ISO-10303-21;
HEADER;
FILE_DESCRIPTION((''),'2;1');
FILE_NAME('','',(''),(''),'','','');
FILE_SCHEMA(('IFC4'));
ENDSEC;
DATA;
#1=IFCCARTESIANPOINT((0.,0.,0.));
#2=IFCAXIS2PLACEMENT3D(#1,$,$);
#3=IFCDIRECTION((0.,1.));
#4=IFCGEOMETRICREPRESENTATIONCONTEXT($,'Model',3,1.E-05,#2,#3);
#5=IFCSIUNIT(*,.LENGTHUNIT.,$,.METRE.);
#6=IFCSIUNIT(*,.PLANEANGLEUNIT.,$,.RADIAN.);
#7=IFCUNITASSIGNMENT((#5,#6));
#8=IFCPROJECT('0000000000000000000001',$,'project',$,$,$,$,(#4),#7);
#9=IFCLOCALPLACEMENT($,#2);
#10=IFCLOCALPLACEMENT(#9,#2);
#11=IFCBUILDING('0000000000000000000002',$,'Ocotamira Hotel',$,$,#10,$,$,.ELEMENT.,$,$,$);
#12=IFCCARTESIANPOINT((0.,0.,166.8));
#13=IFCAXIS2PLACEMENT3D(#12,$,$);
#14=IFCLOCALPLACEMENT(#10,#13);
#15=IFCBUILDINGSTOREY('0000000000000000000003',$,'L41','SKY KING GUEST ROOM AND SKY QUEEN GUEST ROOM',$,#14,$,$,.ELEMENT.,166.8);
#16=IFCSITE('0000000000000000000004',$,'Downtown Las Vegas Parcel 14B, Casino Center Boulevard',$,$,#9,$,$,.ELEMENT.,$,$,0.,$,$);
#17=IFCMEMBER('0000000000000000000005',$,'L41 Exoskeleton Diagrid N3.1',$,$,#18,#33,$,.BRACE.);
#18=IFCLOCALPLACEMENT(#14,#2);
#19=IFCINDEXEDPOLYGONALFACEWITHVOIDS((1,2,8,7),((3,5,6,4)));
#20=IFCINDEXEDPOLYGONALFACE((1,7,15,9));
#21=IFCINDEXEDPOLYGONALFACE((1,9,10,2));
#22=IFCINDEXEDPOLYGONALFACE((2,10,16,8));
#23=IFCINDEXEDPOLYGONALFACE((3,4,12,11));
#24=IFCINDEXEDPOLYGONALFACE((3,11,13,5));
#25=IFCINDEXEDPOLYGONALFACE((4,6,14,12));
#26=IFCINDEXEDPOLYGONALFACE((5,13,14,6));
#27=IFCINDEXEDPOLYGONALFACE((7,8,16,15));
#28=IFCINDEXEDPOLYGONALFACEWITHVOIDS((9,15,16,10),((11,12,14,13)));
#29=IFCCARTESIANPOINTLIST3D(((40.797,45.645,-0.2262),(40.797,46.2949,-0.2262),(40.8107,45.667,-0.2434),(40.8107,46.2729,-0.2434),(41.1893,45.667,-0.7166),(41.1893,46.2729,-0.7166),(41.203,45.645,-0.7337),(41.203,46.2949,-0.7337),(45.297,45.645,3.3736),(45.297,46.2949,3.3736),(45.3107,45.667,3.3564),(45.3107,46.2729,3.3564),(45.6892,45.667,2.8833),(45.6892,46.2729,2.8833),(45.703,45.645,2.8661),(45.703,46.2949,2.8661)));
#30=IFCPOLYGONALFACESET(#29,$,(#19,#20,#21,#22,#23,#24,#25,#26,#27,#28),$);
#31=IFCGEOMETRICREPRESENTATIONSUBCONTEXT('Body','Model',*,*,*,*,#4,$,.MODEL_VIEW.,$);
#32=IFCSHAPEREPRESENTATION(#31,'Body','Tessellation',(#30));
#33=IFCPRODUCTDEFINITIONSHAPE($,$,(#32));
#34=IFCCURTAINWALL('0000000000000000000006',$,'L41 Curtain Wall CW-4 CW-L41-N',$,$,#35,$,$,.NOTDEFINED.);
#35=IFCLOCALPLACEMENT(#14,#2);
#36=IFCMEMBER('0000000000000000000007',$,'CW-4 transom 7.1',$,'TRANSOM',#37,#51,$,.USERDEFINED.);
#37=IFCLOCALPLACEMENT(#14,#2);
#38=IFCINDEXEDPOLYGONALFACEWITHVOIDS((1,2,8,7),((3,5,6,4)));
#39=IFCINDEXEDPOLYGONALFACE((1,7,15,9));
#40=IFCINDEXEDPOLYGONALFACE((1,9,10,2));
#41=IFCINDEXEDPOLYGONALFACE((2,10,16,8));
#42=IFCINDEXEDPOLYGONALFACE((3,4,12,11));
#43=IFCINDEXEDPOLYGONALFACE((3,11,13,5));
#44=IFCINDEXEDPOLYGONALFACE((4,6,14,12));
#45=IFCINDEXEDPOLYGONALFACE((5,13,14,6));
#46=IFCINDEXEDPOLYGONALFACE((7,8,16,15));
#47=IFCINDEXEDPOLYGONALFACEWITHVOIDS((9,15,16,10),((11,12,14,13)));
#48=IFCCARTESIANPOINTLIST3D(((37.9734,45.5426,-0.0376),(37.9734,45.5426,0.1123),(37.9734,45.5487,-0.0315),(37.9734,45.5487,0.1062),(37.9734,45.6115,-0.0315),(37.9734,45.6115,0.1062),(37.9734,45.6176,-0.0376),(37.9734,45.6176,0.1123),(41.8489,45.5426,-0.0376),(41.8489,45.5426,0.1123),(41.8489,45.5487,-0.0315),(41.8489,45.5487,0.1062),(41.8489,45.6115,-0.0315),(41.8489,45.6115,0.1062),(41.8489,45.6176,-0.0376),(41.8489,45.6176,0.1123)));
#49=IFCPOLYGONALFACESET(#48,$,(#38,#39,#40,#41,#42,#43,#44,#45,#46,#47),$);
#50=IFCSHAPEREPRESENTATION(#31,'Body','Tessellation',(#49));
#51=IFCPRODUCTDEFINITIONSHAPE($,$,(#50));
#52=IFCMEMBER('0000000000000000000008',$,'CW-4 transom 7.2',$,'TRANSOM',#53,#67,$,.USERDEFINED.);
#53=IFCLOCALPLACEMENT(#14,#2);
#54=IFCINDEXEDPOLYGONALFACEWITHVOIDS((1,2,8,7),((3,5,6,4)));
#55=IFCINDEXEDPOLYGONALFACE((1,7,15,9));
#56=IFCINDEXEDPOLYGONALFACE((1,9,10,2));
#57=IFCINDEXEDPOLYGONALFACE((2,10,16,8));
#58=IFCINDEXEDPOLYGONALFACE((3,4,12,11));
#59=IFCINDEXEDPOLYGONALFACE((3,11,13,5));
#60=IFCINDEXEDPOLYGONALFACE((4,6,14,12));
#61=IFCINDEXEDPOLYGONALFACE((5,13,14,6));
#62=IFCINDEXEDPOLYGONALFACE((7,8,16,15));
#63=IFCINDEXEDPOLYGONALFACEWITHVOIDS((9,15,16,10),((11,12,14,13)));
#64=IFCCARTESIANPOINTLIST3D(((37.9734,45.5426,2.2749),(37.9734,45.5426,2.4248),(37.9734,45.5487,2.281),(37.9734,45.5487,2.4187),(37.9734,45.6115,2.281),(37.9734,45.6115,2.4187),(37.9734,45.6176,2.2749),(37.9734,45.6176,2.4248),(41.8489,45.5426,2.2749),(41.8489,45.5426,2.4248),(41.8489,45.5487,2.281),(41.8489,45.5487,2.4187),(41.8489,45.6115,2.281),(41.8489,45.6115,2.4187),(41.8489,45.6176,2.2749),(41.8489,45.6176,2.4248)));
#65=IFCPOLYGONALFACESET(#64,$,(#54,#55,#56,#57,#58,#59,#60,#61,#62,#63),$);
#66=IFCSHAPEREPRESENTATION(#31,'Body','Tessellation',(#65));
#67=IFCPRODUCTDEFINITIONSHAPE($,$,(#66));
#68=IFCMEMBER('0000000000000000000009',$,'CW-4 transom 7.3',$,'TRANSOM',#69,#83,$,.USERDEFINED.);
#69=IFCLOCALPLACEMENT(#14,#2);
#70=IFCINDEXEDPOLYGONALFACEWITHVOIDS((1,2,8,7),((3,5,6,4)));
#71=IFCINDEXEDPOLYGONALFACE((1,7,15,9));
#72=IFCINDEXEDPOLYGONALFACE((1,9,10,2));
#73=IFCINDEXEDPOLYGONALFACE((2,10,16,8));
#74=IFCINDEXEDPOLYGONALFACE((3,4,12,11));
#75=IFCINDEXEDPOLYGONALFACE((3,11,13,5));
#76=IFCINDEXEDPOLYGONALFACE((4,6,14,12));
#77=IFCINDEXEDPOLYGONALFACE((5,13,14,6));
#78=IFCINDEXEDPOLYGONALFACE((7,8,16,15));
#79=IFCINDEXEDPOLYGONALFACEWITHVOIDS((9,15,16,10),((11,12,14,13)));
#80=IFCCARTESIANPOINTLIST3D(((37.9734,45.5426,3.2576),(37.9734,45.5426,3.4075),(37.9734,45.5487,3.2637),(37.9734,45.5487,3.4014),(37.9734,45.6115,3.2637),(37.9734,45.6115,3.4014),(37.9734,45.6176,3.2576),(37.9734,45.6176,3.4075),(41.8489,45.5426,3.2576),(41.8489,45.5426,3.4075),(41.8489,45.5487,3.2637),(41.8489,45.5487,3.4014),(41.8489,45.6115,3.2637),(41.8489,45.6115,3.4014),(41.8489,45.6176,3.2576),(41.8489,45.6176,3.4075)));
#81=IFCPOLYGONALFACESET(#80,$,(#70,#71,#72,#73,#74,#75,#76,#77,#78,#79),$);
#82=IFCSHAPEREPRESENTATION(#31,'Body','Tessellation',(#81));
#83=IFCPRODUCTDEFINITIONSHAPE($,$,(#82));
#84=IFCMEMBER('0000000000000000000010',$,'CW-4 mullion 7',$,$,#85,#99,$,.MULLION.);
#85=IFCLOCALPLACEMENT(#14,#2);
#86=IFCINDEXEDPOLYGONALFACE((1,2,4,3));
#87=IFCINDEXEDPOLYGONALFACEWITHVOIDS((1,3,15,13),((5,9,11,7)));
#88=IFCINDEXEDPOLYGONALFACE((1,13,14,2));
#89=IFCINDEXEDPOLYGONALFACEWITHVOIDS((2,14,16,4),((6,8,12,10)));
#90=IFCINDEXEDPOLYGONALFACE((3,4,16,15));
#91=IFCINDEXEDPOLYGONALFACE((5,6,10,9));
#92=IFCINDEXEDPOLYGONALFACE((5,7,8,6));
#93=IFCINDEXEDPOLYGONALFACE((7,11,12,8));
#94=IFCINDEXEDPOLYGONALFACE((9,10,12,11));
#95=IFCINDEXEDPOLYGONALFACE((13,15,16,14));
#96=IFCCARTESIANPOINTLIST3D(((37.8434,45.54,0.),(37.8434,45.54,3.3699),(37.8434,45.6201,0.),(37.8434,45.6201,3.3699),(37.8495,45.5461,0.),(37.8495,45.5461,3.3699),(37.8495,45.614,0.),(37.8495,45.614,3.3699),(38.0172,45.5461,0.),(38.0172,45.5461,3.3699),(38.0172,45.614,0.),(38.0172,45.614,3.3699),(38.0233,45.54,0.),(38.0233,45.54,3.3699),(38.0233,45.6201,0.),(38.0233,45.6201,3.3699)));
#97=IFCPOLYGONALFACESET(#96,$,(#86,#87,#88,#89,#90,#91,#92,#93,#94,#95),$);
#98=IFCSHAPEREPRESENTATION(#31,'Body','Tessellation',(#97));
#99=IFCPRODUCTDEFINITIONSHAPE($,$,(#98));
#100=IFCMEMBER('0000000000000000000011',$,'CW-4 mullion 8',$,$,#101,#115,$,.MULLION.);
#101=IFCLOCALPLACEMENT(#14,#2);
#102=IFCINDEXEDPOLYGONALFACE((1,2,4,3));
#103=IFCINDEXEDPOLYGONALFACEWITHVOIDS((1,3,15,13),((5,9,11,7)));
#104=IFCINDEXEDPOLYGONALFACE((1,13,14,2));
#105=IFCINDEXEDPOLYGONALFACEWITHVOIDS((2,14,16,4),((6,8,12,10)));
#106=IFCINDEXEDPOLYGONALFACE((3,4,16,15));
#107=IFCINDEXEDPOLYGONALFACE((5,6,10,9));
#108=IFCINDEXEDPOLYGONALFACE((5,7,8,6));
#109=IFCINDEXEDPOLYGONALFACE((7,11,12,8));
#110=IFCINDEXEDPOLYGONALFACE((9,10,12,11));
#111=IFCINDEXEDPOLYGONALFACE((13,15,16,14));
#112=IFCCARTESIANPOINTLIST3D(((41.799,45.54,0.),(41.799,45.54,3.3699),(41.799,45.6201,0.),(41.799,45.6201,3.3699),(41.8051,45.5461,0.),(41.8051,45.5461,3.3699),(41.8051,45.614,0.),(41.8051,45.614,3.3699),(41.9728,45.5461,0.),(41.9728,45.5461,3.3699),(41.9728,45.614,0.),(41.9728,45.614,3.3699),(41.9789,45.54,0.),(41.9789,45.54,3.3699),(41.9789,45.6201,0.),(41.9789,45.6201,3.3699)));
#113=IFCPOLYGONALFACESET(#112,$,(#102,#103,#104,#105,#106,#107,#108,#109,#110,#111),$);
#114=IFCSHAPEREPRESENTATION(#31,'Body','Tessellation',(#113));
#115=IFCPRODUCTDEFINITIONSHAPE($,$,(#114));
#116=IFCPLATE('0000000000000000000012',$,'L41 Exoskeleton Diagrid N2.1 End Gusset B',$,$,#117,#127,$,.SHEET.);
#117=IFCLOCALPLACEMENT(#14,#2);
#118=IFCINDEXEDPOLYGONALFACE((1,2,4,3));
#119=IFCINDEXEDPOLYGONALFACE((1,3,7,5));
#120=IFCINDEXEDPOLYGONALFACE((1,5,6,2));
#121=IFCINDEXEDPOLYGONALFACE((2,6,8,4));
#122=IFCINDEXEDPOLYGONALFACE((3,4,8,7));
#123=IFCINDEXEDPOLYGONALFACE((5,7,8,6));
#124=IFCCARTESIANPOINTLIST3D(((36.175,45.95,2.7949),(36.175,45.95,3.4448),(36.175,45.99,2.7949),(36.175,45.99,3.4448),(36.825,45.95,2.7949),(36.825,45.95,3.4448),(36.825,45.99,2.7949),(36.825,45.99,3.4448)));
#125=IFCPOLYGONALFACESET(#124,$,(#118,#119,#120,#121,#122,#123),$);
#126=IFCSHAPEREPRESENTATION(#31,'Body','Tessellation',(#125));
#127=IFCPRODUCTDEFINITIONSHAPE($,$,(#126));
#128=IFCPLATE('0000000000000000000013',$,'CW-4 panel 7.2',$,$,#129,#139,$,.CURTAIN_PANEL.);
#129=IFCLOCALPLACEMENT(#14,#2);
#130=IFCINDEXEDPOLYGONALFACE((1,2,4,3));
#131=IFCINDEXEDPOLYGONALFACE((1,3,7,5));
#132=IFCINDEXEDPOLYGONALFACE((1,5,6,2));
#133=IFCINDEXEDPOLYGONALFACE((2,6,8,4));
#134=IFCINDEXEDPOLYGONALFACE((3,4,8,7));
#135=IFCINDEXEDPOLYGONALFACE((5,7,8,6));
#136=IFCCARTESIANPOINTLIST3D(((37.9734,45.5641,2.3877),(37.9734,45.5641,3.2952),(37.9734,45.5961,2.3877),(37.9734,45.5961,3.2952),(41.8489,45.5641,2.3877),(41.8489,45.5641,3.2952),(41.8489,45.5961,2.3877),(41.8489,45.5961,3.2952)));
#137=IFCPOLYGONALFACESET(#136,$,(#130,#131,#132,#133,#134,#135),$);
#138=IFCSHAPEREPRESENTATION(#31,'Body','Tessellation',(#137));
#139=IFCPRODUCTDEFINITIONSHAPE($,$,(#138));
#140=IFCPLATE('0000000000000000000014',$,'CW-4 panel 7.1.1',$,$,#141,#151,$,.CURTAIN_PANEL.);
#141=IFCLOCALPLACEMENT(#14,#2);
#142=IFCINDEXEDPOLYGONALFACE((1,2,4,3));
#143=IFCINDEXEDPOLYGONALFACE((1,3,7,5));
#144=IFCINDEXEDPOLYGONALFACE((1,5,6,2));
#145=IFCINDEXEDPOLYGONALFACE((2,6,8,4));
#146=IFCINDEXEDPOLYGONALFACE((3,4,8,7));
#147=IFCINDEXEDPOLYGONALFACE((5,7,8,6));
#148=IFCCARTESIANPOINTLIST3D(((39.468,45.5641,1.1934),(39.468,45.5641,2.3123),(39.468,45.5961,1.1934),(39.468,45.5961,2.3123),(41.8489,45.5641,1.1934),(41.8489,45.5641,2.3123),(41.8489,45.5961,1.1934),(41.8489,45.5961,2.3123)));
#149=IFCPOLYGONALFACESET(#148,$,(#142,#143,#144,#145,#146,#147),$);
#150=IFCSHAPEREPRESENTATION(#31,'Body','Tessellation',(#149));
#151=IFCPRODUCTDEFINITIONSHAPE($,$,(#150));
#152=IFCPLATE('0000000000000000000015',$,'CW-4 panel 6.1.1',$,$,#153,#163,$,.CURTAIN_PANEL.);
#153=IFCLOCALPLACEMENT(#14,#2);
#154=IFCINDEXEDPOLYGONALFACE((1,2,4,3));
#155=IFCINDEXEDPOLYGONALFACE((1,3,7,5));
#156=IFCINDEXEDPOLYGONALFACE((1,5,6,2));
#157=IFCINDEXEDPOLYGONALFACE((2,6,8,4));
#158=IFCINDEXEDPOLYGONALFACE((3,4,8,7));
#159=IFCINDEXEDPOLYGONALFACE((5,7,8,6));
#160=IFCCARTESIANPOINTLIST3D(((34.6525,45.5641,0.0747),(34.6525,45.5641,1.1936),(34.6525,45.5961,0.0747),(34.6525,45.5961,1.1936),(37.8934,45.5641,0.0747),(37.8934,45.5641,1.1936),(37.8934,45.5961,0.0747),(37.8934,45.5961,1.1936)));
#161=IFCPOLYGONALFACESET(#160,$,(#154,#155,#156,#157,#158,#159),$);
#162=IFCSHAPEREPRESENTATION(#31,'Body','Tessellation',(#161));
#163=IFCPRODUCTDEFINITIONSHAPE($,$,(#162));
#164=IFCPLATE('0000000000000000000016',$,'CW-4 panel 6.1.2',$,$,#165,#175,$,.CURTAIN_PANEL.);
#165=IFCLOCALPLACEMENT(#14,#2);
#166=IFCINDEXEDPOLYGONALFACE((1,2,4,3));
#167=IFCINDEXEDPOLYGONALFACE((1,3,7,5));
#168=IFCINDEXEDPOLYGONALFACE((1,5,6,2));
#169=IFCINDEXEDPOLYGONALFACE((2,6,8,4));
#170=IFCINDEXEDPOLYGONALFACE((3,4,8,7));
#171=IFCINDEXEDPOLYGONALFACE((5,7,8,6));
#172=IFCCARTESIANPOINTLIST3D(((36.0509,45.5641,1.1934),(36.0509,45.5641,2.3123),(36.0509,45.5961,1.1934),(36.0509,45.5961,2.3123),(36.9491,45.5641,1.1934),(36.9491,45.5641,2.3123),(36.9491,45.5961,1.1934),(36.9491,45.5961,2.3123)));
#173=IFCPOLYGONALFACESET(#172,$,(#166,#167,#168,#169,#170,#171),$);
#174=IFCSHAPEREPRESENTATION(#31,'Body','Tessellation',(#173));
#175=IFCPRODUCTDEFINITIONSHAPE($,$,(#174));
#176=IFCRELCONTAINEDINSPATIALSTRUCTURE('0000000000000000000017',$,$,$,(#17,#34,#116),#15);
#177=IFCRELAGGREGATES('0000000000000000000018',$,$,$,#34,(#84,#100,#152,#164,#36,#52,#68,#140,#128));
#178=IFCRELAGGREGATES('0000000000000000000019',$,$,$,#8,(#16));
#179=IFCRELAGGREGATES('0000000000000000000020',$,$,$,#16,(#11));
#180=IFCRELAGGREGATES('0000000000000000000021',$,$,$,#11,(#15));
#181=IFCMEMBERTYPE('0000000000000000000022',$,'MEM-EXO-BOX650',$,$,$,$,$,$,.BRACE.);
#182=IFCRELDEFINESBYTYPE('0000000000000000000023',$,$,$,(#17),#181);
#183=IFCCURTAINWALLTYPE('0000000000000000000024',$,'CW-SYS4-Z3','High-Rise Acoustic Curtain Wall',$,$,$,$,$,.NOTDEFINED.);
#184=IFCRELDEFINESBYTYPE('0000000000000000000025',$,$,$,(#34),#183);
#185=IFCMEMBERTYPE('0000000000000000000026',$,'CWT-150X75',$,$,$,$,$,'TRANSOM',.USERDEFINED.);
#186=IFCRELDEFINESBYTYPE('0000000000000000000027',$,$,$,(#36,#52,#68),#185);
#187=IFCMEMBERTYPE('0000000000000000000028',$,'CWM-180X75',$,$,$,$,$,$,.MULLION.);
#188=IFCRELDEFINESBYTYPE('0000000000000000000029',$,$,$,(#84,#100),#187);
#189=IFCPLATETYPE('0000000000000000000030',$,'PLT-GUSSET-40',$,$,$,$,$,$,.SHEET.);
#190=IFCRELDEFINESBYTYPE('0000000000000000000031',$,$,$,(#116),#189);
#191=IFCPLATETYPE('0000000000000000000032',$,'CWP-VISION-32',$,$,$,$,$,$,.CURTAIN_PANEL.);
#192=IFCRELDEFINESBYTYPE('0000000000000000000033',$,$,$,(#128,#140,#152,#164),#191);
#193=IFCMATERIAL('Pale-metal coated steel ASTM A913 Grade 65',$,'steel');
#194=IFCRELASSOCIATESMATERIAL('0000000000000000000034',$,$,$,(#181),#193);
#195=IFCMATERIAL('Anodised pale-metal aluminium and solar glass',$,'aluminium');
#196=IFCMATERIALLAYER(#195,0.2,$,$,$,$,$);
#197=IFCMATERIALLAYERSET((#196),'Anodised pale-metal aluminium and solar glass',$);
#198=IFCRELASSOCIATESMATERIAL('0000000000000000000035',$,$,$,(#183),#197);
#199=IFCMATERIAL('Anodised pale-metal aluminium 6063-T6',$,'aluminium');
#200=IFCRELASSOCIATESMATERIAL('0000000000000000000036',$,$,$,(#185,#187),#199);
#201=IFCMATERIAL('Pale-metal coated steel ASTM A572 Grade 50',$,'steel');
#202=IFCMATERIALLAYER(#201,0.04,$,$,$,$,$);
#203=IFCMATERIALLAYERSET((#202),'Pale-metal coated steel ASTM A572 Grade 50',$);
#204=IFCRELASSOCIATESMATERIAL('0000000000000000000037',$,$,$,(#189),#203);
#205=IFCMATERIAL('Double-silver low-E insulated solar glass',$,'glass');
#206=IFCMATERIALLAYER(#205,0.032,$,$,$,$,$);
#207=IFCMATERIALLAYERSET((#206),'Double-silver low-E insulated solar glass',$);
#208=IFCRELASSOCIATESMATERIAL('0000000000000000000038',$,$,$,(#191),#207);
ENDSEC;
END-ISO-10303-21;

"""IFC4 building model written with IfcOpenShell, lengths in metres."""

from ifc_helpers import new_model, si_unit, direction, frame, origin, origin_2d, place, context, subcontext, project, spatial, rectangle, hollow_rectangle, extrude, source, transform, mapped, material, layer, layer_set, material_profile, profile_set, type_object, element, aggregate, save


model = new_model("IFC4")

# Units and contexts
model_context = context("Model", 3, precision=1e-05, world=origin(), true_north=direction((0.0, 1.0)))
body_context = subcontext(model_context, "Body", "Model", "MODEL_VIEW")
ifc_project = project(units=[si_unit("LENGTHUNIT", "METRE"), si_unit("PLANEANGLEUNIT", "RADIAN")], contexts=[model_context])

# Site, building, storey
site_placement = place(None, origin())
site = spatial("IfcSite", under=ifc_project, at=site_placement, Name="Downtown Las Vegas Parcel 14B, Casino Center Boulevard", CompositionType="ELEMENT", RefElevation=0.0)
building_placement = place(site_placement, origin())
building = spatial("IfcBuilding", under=site, at=building_placement, Name="Ocotamira Hotel", CompositionType="ELEMENT")
storey_placement = place(building_placement, frame((0.0, 0.0, 166.8)))
storey = spatial("IfcBuildingStorey", under=building, at=storey_placement, Name="L41", Description="SKY KING GUEST ROOM AND SKY QUEEN GUEST ROOM", CompositionType="ELEMENT", Elevation=166.8)

# Member
ifc_material_1 = material(Name="Pale-metal coated steel ASTM A913 Grade 65", Category="steel")
ifc_material_profile_1 = material_profile(ifc_material_1, hollow_rectangle(XDim=0.6499, YDim=0.6499, WallThickness=0.022, at=origin_2d()), Name="BOX650X650X22")
ifc_profile_set_1 = profile_set([ifc_material_profile_1], Name="Pale-metal coated steel ASTM A913 Grade 65")
member_type_1 = type_object("IfcMemberType", Name="MEM-EXO-BOX650", PredefinedType="BRACE", material=ifc_profile_set_1)
shared_shape_1 = source(origin(), body_context, "Body", "SweptSolid", [
    extrude(hollow_rectangle(XDim=0.6499, YDim=0.6499, WallThickness=0.022, at=origin_2d()), origin(), (0.0, 0.0, 1.0), 5.7627),
])
for number, where, z_axis, x_axis, name in (
    (1, (41.0, 45.97, -0.48), (0.780881, 0.0, 0.62468), (0.0, 1.0, 0.0), "L41 Exoskeleton Diagrid N3.1"),
):
    element("IfcMember", number, at=place(storey_placement, frame(where, z_axis=z_axis, x_axis=x_axis)), inside=storey, type_object=member_type_1, Name=name, PredefinedType="BRACE", context=body_context, shape_type="MappedRepresentation", body=[
        mapped(shared_shape_1, transform((0.0, 0.0, 0.0), scale=1.0)),
    ])

# Curtain wall, members
ifc_material_2 = material(Name="Anodised pale-metal aluminium and solar glass", Category="aluminium")
ifc_layer_1 = layer(ifc_material_2, 0.2)
ifc_layer_set_1 = layer_set([ifc_layer_1], Name="Anodised pale-metal aluminium and solar glass")
curtain_wall_type = type_object("IfcCurtainWallType", Name="CW-SYS4-Z3", Description="High-Rise Acoustic Curtain Wall", PredefinedType="NOTDEFINED", material=ifc_layer_set_1)
curtain_wall_placement = place(storey_placement, origin())
curtain_wall = element("IfcCurtainWall", 2, at=curtain_wall_placement, inside=storey, type_object=curtain_wall_type, Name="L41 Curtain Wall CW-4 CW-L41-N", PredefinedType="NOTDEFINED")
ifc_material_3 = material(Name="Anodised pale-metal aluminium 6063-T6", Category="aluminium")
ifc_material_profile_2 = material_profile(ifc_material_3, hollow_rectangle(XDim=0.075, YDim=0.1499, WallThickness=0.0061, at=origin_2d()), Name="HSS150X75X6")
ifc_profile_set_2 = profile_set([ifc_material_profile_2], Name="Anodised pale-metal aluminium 6063-T6")
member_type_2 = type_object("IfcMemberType", Name="CWT-150X75", ElementType="TRANSOM", PredefinedType="USERDEFINED", material=ifc_profile_set_2)
shared_shape_2 = source(origin(), body_context, "Body", "SweptSolid", [
    extrude(hollow_rectangle(XDim=0.075, YDim=0.1499, WallThickness=0.0061, at=origin_2d()), origin(), (0.0, 0.0, 1.0), 3.8755),
])
member_1_placement = place(storey_placement, frame((37.9734, 45.5801, 0.0374), z_axis=(1.0, 0.0, 0.0), x_axis=(0.0, 1.0, 0.0)))
member_1 = element("IfcMember", 3, at=member_1_placement, type_object=member_type_2, Name="CW-4 transom 7.1", ObjectType="TRANSOM", PredefinedType="USERDEFINED", context=body_context, shape_type="MappedRepresentation", body=[
    mapped(shared_shape_2, transform((0.0, 0.0, 0.0), scale=1.0)),
])
member_2_placement = place(storey_placement, frame((37.9734, 45.5801, 2.3499), z_axis=(1.0, 0.0, 0.0), x_axis=(0.0, 1.0, 0.0)))
member_2 = element("IfcMember", 4, at=member_2_placement, type_object=member_type_2, Name="CW-4 transom 7.2", ObjectType="TRANSOM", PredefinedType="USERDEFINED", context=body_context, shape_type="MappedRepresentation", body=[
    mapped(shared_shape_2, transform((0.0, 0.0, 0.0), scale=1.0)),
])
member_3_placement = place(storey_placement, frame((37.9734, 45.5801, 3.3325), z_axis=(1.0, 0.0, 0.0), x_axis=(0.0, 1.0, 0.0)))
member_3 = element("IfcMember", 5, at=member_3_placement, type_object=member_type_2, Name="CW-4 transom 7.3", ObjectType="TRANSOM", PredefinedType="USERDEFINED", context=body_context, shape_type="MappedRepresentation", body=[
    mapped(shared_shape_2, transform((0.0, 0.0, 0.0), scale=1.0)),
])
ifc_material_profile_3 = material_profile(ifc_material_3, hollow_rectangle(XDim=0.0801, YDim=0.1799, WallThickness=0.0061, at=origin_2d()), Name="HSS180X80X6")
ifc_profile_set_3 = profile_set([ifc_material_profile_3], Name="Anodised pale-metal aluminium 6063-T6")
member_type_3 = type_object("IfcMemberType", Name="CWM-180X75", PredefinedType="MULLION", material=ifc_profile_set_3)
shared_shape_3 = source(origin(), body_context, "Body", "SweptSolid", [
    extrude(hollow_rectangle(XDim=0.0801, YDim=0.1799, WallThickness=0.0061, at=origin_2d()), origin(), (0.0, 0.0, 1.0), 3.3699),
])
member_4_placement = place(storey_placement, frame((37.9333, 45.5801, 0.0), z_axis=(0.0, 0.0, 1.0), x_axis=(0.0, 1.0, 0.0)))
member_4 = element("IfcMember", 6, at=member_4_placement, type_object=member_type_3, Name="CW-4 mullion 7", PredefinedType="MULLION", context=body_context, shape_type="MappedRepresentation", body=[
    mapped(shared_shape_3, transform((0.0, 0.0, 0.0), scale=1.0)),
])
member_5_placement = place(storey_placement, frame((41.8889, 45.5801, 0.0), z_axis=(0.0, 0.0, 1.0), x_axis=(0.0, 1.0, 0.0)))
member_5 = element("IfcMember", 7, at=member_5_placement, type_object=member_type_3, Name="CW-4 mullion 8", PredefinedType="MULLION", context=body_context, shape_type="MappedRepresentation", body=[
    mapped(shared_shape_3, transform((0.0, 0.0, 0.0), scale=1.0)),
])

# Plates
ifc_material_4 = material(Name="Pale-metal coated steel ASTM A572 Grade 50", Category="steel")
ifc_layer_2 = layer(ifc_material_4, 0.04)
ifc_layer_set_2 = layer_set([ifc_layer_2], Name="Pale-metal coated steel ASTM A572 Grade 50")
plate_type_1 = type_object("IfcPlateType", Name="PLT-GUSSET-40", PredefinedType="SHEET", material=ifc_layer_set_2)
shared_shape_4 = source(origin(), body_context, "Body", "SweptSolid", [
    extrude(rectangle(XDim=0.6499, YDim=0.04, at=origin_2d()), origin(), (0.0, 0.0, 1.0), 0.6499),
])
plate_1_placement = place(storey_placement, frame((36.5, 45.97, 2.7949), z_axis=(0.0, 0.0, 1.0), x_axis=(1.0, 0.0, 0.0)))
element("IfcPlate", 8, at=plate_1_placement, inside=storey, type_object=plate_type_1, Name="L41 Exoskeleton Diagrid N2.1 End Gusset B", PredefinedType="SHEET", context=body_context, shape_type="MappedRepresentation", body=[
    mapped(shared_shape_4, transform((0.0, 0.0, 0.0), scale=1.0)),
])
ifc_material_5 = material(Name="Double-silver low-E insulated solar glass", Category="glass")
ifc_layer_3 = layer(ifc_material_5, 0.032)
ifc_layer_set_3 = layer_set([ifc_layer_3], Name="Double-silver low-E insulated solar glass")
plate_type_2 = type_object("IfcPlateType", Name="CWP-VISION-32", PredefinedType="CURTAIN_PANEL", material=ifc_layer_set_3)
shared_shape_5 = source(origin(), body_context, "Body", "SweptSolid", [
    extrude(rectangle(XDim=3.8755, YDim=0.032, at=origin_2d()), origin(), (0.0, 0.0, 1.0), 0.9075),
])
plate_2_placement = place(storey_placement, frame((39.9111, 45.5801, 2.3877), z_axis=(0.0, 0.0, 1.0), x_axis=(1.0, 0.0, 0.0)))
plate_2 = element("IfcPlate", 9, at=plate_2_placement, type_object=plate_type_2, Name="CW-4 panel 7.2", PredefinedType="CURTAIN_PANEL", context=body_context, shape_type="MappedRepresentation", body=[
    mapped(shared_shape_5, transform((0.0, 0.0, 0.0), scale=1.0)),
])
shared_shape_6 = source(origin(), body_context, "Body", "SweptSolid", [
    extrude(rectangle(XDim=2.3809, YDim=0.032, at=origin_2d()), origin(), (0.0, 0.0, 1.0), 1.1189),
])
plate_3_placement = place(storey_placement, frame((40.6584, 45.5801, 1.1934), z_axis=(0.0, 0.0, 1.0), x_axis=(1.0, 0.0, 0.0)))
plate_3 = element("IfcPlate", 10, at=plate_3_placement, type_object=plate_type_2, Name="CW-4 panel 7.1.1", PredefinedType="CURTAIN_PANEL", context=body_context, shape_type="MappedRepresentation", body=[
    mapped(shared_shape_6, transform((0.0, 0.0, 0.0), scale=1.0)),
])
shared_shape_7 = source(origin(), body_context, "Body", "SweptSolid", [
    extrude(rectangle(XDim=3.241, YDim=0.032, at=origin_2d()), origin(), (0.0, 0.0, 1.0), 1.1189),
])
plate_4_placement = place(storey_placement, frame((36.2729, 45.5801, 0.0747), z_axis=(0.0, 0.0, 1.0), x_axis=(1.0, 0.0, 0.0)))
plate_4 = element("IfcPlate", 11, at=plate_4_placement, type_object=plate_type_2, Name="CW-4 panel 6.1.1", PredefinedType="CURTAIN_PANEL", context=body_context, shape_type="MappedRepresentation", body=[
    mapped(shared_shape_7, transform((0.0, 0.0, 0.0), scale=1.0)),
])
shared_shape_8 = source(origin(), body_context, "Body", "SweptSolid", [
    extrude(rectangle(XDim=0.8982, YDim=0.032, at=origin_2d()), origin(), (0.0, 0.0, 1.0), 1.1189),
])
plate_5_placement = place(storey_placement, frame((36.5, 45.5801, 1.1934), z_axis=(0.0, 0.0, 1.0), x_axis=(1.0, 0.0, 0.0)))
plate_5 = element("IfcPlate", 12, at=plate_5_placement, type_object=plate_type_2, Name="CW-4 panel 6.1.2", PredefinedType="CURTAIN_PANEL", context=body_context, shape_type="MappedRepresentation", body=[
    mapped(shared_shape_8, transform((0.0, 0.0, 0.0), scale=1.0)),
])
aggregate(curtain_wall, [member_4, member_5, plate_4, plate_5, member_1, member_2, member_3, plate_3, plate_2])

save(model, "model.ifc")
